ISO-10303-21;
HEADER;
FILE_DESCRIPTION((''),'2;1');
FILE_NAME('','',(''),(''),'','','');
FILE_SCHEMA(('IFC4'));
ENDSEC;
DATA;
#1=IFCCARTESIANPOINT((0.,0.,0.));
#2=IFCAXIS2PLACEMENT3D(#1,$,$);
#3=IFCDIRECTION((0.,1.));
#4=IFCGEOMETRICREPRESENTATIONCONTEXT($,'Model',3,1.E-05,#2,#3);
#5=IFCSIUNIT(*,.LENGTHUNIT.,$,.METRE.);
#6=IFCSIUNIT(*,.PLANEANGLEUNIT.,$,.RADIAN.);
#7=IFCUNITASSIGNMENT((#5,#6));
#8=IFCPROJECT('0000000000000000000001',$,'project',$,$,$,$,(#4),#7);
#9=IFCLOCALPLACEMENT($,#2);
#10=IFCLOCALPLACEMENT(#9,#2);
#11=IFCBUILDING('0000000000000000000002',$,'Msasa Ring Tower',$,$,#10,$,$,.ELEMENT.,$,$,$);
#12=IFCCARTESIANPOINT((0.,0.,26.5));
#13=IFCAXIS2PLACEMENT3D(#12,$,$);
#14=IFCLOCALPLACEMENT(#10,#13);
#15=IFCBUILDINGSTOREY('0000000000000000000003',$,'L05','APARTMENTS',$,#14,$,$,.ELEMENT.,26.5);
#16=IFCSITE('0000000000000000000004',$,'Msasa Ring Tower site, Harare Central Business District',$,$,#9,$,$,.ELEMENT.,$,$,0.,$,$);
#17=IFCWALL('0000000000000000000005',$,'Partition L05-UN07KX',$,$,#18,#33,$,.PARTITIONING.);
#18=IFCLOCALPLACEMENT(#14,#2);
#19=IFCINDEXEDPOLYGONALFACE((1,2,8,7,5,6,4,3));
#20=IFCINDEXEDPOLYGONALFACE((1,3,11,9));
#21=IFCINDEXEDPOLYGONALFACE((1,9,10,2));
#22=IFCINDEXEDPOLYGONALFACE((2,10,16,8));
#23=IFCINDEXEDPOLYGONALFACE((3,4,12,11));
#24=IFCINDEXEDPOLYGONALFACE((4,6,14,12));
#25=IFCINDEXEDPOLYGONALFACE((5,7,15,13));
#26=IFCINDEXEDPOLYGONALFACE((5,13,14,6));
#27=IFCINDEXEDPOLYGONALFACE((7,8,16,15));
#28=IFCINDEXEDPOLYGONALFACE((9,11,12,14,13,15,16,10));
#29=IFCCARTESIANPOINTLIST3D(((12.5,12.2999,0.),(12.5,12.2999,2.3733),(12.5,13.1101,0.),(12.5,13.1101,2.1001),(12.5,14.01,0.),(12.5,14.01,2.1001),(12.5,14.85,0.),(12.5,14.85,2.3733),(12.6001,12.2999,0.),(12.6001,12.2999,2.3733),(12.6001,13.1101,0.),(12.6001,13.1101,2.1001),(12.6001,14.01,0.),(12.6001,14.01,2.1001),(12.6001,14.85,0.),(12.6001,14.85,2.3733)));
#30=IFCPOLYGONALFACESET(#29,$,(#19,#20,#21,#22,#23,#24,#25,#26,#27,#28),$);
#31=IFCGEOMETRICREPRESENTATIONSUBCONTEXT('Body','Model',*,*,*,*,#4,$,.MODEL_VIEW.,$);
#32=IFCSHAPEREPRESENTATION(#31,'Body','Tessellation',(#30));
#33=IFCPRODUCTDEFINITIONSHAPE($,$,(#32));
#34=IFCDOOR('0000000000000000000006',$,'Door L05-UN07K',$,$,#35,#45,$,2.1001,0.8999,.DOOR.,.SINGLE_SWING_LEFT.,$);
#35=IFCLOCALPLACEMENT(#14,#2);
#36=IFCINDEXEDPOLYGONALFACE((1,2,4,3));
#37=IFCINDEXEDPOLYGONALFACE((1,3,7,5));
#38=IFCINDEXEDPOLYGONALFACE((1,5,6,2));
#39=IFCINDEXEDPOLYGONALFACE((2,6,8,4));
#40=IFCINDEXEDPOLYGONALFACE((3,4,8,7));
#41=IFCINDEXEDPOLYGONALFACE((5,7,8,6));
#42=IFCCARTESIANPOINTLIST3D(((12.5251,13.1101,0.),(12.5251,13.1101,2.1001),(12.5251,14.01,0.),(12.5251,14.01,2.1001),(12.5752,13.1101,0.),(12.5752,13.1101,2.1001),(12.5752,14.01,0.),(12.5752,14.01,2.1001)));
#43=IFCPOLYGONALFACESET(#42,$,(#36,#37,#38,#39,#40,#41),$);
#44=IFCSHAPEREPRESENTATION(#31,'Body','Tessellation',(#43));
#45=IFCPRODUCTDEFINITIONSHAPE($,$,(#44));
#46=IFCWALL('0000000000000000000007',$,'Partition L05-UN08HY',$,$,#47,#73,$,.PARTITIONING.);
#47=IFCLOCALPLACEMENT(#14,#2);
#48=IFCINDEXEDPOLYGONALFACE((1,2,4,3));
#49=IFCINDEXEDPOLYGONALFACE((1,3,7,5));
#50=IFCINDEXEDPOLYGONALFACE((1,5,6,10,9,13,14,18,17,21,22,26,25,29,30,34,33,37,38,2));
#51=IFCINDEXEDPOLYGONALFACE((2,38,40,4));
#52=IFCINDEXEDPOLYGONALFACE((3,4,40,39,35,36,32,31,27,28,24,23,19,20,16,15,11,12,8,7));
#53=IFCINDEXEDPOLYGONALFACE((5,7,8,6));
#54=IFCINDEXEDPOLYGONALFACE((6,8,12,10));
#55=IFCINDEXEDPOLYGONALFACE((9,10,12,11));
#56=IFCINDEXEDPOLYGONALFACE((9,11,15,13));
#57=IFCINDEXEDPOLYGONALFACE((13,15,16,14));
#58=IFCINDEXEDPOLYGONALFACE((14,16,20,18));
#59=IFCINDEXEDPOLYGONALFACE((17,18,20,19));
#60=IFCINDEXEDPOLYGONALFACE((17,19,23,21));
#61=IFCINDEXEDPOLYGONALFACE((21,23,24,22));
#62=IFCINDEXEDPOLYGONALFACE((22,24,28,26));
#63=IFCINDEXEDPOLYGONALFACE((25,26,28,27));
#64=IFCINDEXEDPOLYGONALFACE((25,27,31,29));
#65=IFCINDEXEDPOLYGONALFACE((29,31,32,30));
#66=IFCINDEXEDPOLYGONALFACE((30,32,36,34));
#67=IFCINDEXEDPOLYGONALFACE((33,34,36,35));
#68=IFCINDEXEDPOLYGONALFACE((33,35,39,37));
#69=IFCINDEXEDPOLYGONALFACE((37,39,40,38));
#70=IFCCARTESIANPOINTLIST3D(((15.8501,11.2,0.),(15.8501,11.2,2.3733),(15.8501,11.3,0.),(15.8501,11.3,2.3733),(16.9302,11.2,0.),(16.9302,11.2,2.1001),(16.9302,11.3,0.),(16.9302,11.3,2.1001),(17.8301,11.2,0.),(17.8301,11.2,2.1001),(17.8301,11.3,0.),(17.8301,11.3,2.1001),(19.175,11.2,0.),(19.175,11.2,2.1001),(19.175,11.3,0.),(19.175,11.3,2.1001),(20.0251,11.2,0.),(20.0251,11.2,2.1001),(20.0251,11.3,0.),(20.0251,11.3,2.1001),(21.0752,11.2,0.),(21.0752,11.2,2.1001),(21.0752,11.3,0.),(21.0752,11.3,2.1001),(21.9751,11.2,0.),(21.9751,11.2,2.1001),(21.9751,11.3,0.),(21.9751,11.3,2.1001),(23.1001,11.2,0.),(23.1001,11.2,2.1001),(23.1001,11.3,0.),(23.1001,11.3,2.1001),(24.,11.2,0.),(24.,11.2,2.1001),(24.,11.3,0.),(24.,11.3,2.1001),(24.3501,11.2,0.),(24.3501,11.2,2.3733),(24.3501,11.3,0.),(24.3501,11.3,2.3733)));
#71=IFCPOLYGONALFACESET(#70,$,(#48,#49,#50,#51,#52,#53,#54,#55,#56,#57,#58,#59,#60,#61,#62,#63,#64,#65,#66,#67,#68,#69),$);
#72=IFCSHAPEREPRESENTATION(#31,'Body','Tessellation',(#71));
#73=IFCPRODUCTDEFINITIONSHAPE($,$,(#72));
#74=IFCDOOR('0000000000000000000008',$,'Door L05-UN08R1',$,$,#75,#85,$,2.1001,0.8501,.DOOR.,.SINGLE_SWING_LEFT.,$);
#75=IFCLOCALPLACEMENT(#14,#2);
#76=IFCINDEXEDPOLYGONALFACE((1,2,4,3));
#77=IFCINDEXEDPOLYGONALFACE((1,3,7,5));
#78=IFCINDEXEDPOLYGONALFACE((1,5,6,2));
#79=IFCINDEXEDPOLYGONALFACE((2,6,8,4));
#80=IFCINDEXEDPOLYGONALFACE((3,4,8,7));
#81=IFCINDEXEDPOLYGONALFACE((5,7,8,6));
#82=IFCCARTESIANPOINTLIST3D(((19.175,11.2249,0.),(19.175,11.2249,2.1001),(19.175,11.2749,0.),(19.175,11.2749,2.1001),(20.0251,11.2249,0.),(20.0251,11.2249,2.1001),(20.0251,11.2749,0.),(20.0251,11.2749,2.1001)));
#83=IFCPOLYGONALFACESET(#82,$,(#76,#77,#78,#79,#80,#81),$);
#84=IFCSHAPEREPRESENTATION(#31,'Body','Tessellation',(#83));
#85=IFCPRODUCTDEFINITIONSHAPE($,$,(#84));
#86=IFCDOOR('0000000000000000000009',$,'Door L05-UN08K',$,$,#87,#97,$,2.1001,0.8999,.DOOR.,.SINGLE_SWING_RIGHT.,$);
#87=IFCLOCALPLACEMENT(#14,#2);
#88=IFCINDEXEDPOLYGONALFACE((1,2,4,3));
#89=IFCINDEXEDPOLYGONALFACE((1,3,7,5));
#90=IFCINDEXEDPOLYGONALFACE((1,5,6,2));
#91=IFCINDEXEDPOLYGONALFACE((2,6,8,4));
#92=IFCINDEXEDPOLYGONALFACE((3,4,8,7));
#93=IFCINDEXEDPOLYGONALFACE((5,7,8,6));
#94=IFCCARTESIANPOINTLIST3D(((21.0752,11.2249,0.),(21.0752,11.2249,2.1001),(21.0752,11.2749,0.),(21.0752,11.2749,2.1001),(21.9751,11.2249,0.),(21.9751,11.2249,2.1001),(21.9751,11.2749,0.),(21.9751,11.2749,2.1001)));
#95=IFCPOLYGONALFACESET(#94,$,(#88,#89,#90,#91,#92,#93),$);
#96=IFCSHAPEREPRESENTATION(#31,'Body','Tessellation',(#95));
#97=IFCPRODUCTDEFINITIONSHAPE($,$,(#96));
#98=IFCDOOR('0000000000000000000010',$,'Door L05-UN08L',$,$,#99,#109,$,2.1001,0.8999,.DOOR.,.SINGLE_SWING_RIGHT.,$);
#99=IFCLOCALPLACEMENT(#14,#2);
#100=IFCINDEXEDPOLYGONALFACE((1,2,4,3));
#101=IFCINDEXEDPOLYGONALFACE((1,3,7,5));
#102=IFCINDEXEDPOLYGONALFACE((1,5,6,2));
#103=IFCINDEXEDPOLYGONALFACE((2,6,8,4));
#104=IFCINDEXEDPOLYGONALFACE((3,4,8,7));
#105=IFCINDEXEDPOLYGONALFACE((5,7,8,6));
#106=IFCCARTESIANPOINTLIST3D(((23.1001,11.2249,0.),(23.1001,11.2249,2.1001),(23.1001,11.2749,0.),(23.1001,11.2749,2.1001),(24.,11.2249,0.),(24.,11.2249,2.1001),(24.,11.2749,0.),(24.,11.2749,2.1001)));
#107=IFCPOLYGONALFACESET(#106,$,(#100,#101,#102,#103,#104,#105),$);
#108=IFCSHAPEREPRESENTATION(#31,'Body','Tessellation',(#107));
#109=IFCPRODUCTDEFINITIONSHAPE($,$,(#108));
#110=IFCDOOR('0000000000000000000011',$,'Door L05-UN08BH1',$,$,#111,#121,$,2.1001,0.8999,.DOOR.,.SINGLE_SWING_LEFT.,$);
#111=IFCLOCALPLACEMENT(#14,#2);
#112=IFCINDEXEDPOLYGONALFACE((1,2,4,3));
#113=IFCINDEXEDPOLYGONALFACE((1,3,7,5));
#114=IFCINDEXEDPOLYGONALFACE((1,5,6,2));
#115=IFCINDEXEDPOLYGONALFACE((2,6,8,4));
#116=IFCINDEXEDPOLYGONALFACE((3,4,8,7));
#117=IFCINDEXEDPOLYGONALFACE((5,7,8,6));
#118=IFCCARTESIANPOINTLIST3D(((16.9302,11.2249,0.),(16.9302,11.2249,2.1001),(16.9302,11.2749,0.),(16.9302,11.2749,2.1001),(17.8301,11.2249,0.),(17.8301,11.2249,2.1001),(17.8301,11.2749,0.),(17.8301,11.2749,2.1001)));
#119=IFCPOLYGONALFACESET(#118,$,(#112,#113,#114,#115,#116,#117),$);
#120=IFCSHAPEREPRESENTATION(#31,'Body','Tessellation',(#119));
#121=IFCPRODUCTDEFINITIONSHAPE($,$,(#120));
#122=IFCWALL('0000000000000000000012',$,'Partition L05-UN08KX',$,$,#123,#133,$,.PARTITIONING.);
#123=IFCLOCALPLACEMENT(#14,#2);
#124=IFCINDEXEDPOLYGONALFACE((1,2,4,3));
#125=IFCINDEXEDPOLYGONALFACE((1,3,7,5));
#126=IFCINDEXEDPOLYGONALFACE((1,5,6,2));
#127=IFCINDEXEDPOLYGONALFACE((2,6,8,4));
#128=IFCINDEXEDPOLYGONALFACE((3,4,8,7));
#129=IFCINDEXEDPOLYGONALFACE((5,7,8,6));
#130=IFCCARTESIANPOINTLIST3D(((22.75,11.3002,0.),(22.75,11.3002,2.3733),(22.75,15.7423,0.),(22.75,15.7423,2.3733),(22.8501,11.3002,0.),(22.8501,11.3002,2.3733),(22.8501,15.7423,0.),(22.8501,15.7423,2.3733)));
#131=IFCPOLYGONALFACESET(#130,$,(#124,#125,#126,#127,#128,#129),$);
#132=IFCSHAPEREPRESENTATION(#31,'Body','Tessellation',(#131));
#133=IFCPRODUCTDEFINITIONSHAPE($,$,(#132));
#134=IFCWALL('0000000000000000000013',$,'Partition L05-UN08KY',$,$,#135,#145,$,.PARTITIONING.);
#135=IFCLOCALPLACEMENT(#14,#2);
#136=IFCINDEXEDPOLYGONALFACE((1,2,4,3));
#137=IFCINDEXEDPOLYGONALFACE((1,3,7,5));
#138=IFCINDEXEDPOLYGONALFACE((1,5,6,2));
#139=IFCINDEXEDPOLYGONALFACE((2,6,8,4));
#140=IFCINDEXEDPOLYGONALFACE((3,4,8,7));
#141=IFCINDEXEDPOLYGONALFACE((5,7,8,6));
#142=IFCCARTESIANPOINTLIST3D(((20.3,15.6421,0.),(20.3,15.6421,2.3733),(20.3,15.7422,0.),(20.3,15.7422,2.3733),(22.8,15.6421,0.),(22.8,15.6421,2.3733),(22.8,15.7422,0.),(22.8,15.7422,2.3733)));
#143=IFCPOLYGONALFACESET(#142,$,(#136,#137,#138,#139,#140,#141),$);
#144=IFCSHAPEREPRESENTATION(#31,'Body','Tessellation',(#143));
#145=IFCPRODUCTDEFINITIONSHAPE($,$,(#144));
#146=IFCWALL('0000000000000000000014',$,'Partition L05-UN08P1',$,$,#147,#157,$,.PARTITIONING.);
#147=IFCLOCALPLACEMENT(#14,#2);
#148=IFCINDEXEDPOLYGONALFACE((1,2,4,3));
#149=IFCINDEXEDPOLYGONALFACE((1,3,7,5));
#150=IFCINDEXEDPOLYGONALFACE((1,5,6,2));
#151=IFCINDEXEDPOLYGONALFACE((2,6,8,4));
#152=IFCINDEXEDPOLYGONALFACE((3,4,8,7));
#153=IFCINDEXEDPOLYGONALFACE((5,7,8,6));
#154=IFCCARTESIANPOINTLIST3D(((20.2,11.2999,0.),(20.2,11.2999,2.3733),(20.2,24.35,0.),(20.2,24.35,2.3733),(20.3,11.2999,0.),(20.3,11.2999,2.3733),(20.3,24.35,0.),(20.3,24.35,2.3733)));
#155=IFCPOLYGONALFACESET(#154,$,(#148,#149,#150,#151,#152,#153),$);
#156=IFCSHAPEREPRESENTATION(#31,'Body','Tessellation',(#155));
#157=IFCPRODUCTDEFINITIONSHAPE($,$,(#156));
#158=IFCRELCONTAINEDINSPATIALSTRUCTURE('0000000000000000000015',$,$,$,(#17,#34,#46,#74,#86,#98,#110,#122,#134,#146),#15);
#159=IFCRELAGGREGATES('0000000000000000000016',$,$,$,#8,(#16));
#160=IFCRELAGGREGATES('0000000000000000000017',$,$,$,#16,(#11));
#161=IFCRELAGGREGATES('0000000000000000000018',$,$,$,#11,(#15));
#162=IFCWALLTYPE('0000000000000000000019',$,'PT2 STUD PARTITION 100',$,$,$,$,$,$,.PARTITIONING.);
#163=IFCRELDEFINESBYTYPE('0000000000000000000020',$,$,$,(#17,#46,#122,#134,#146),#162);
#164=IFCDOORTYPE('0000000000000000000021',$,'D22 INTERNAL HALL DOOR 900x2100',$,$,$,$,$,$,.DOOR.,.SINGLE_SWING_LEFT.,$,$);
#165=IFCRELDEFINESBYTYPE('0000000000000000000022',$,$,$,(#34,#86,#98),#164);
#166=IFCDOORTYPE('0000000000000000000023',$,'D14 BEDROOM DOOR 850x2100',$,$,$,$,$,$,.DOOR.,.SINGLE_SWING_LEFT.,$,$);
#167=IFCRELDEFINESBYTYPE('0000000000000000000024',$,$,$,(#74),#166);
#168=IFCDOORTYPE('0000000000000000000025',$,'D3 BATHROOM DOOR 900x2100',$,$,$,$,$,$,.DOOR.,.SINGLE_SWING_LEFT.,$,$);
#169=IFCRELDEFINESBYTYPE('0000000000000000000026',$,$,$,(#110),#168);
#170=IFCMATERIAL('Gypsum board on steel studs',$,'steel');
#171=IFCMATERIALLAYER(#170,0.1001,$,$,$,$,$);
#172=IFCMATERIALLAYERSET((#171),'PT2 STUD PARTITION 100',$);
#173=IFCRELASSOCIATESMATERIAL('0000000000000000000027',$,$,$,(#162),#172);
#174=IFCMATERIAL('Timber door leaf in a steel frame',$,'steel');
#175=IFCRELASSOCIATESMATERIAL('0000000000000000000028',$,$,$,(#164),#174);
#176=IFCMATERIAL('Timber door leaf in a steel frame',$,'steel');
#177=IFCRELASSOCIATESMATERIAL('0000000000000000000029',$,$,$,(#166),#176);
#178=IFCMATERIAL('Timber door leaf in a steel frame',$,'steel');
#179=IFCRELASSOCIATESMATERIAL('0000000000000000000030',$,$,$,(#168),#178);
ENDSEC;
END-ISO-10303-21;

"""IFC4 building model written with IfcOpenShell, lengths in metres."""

from ifc_helpers import new_model, si_unit, direction, frame, frame_2d, origin, place, context, subcontext, project, spatial, rectangle, extrude, material, layer, layer_set, type_object, element, fill, save


model = new_model("IFC4")

# Units and contexts
model_context = context("Model", 3, precision=1e-05, world=origin(), true_north=direction((0.0, 1.0)))
body_context = subcontext(model_context, "Body", "Model", "MODEL_VIEW")
ifc_project = project(units=[si_unit("LENGTHUNIT", "METRE"), si_unit("PLANEANGLEUNIT", "RADIAN")], contexts=[model_context])

# Site, building, storey
site_placement = place(None, origin())
site = spatial("IfcSite", under=ifc_project, at=site_placement, Name="Msasa Ring Tower site, Harare Central Business District", CompositionType="ELEMENT", RefElevation=0.0)
building_placement = place(site_placement, origin())
building = spatial("IfcBuilding", under=site, at=building_placement, Name="Msasa Ring Tower", CompositionType="ELEMENT")
storey_placement = place(building_placement, frame((0.0, 0.0, 26.5)))
storey = spatial("IfcBuildingStorey", under=building, at=storey_placement, Name="L05", Description="APARTMENTS", CompositionType="ELEMENT", Elevation=26.5)

# Shared definitions
ifc_material_1 = material(Name="Gypsum board on steel studs", Category="steel")
ifc_layer_1 = layer(ifc_material_1, 0.1001)
ifc_layer_set_1 = layer_set([ifc_layer_1], Name="PT2 STUD PARTITION 100")
wall_type_1 = type_object("IfcWallType", Name="PT2 STUD PARTITION 100", PredefinedType="PARTITIONING", material=ifc_layer_set_1)

# Wall, opening, door
wall_1_placement = place(storey_placement, frame((12.55, 12.3, 0.0), z_axis=(0.0, 0.0, 1.0), x_axis=(0.0, 1.0, 0.0)))
wall_1 = element("IfcWall", 1, at=wall_1_placement, inside=storey, type_object=wall_type_1, Name="Partition L05-UN07KX", PredefinedType="PARTITIONING", context=body_context, shape_type="SweptSolid", body=[
    extrude(rectangle(XDim=2.55, YDim=0.1001, at=frame_2d((1.2749, 0.0))), origin(), (0.0, 0.0, 1.0), 2.3733),
])
opening_1_placement = place(wall_1_placement, frame((0.8101, 0.0, 0.0)))
opening_1 = element("IfcOpeningElement", 2, at=opening_1_placement, cuts=wall_1, PredefinedType="OPENING", context=body_context, shape_type="SweptSolid", body=[
    extrude(rectangle(XDim=0.8999, YDim=2.1001, at=frame_2d((0.45, 1.05))), frame((0.0, 0.0601, 0.0), z_axis=(0.0, -1.0, 0.0), x_axis=(1.0, 0.0, 0.0)), (0.0, 0.0, 1.0), 0.1201),
])
ifc_material_2 = material(Name="Timber door leaf in a steel frame", Category="steel")
door_type_1 = type_object("IfcDoorType", Name="D22 INTERNAL HALL DOOR 900x2100", OperationType="SINGLE_SWING_LEFT", PredefinedType="DOOR", material=ifc_material_2)
door_1_placement = place(opening_1_placement, origin())
door_1 = element("IfcDoor", 3, at=door_1_placement, inside=storey, type_object=door_type_1, Name="Door L05-UN07K", OperationType="SINGLE_SWING_LEFT", OverallHeight=2.1001, OverallWidth=0.8999, PredefinedType="DOOR", context=body_context, shape_type="SweptSolid", body=[
    extrude(rectangle(XDim=0.8999, YDim=2.1001, at=frame_2d((0.45, 1.05))), frame((0.0, 0.0249, 0.0), z_axis=(0.0, -1.0, 0.0), x_axis=(1.0, 0.0, 0.0)), (0.0, 0.0, 1.0), 0.05),
])
fill(opening_1, door_1)

# Wall, openings, doors
wall_2_placement = place(storey_placement, frame((15.8501, 11.25, 0.0), z_axis=(0.0, 0.0, 1.0), x_axis=(1.0, 0.0, 0.0)))
wall_2 = element("IfcWall", 4, at=wall_2_placement, inside=storey, type_object=wall_type_1, Name="Partition L05-UN08HY", PredefinedType="PARTITIONING", context=body_context, shape_type="SweptSolid", body=[
    extrude(rectangle(XDim=8.5, YDim=0.1001, at=frame_2d((4.25, 0.0))), origin(), (0.0, 0.0, 1.0), 2.3733),
])
opening_2_placement = place(wall_2_placement, frame((5.2251, 0.0, 0.0)))
opening_2 = element("IfcOpeningElement", 5, at=opening_2_placement, cuts=wall_2, PredefinedType="OPENING", context=body_context, shape_type="SweptSolid", body=[
    extrude(rectangle(XDim=0.8999, YDim=2.1001, at=frame_2d((0.45, 1.05))), frame((0.0, 0.0601, 0.0), z_axis=(0.0, -1.0, 0.0), x_axis=(1.0, 0.0, 0.0)), (0.0, 0.0, 1.0), 0.1201),
])
opening_3_placement = place(wall_2_placement, frame((7.25, 0.0, 0.0)))
opening_3 = element("IfcOpeningElement", 6, at=opening_3_placement, cuts=wall_2, PredefinedType="OPENING", context=body_context, shape_type="SweptSolid", body=[
    extrude(rectangle(XDim=0.8999, YDim=2.1001, at=frame_2d((0.45, 1.05))), frame((0.0, 0.0601, 0.0), z_axis=(0.0, -1.0, 0.0), x_axis=(1.0, 0.0, 0.0)), (0.0, 0.0, 1.0), 0.1201),
])
opening_4_placement = place(wall_2_placement, frame((3.325, 0.0, 0.0)))
opening_4 = element("IfcOpeningElement", 7, at=opening_4_placement, cuts=wall_2, PredefinedType="OPENING", context=body_context, shape_type="SweptSolid", body=[
    extrude(rectangle(XDim=0.8501, YDim=2.1001, at=frame_2d((0.425, 1.05))), frame((0.0, 0.0601, 0.0), z_axis=(0.0, -1.0, 0.0), x_axis=(1.0, 0.0, 0.0)), (0.0, 0.0, 1.0), 0.1201),
])
opening_5_placement = place(wall_2_placement, frame((1.0801, 0.0, 0.0)))
opening_5 = element("IfcOpeningElement", 8, at=opening_5_placement, cuts=wall_2, PredefinedType="OPENING", context=body_context, shape_type="SweptSolid", body=[
    extrude(rectangle(XDim=0.8999, YDim=2.1001, at=frame_2d((0.45, 1.05))), frame((0.0, 0.0601, 0.0), z_axis=(0.0, -1.0, 0.0), x_axis=(1.0, 0.0, 0.0)), (0.0, 0.0, 1.0), 0.1201),
])
ifc_material_3 = material(Name="Timber door leaf in a steel frame", Category="steel")
door_type_2 = type_object("IfcDoorType", Name="D14 BEDROOM DOOR 850x2100", OperationType="SINGLE_SWING_LEFT", PredefinedType="DOOR", material=ifc_material_3)
door_2_placement = place(opening_4_placement, origin())
door_2 = element("IfcDoor", 9, at=door_2_placement, inside=storey, type_object=door_type_2, Name="Door L05-UN08R1", OperationType="SINGLE_SWING_LEFT", OverallHeight=2.1001, OverallWidth=0.8501, PredefinedType="DOOR", context=body_context, shape_type="SweptSolid", body=[
    extrude(rectangle(XDim=0.8501, YDim=2.1001, at=frame_2d((0.425, 1.05))), frame((0.0, 0.0249, 0.0), z_axis=(0.0, -1.0, 0.0), x_axis=(1.0, 0.0, 0.0)), (0.0, 0.0, 1.0), 0.05),
])
fill(opening_4, door_2)
door_3_placement = place(opening_2_placement, origin())
door_3 = element("IfcDoor", 10, at=door_3_placement, inside=storey, type_object=door_type_1, Name="Door L05-UN08K", OperationType="SINGLE_SWING_RIGHT", OverallHeight=2.1001, OverallWidth=0.8999, PredefinedType="DOOR", context=body_context, shape_type="SweptSolid", body=[
    extrude(rectangle(XDim=0.8999, YDim=2.1001, at=frame_2d((0.45, 1.05))), frame((0.0, 0.0249, 0.0), z_axis=(0.0, -1.0, 0.0), x_axis=(1.0, 0.0, 0.0)), (0.0, 0.0, 1.0), 0.05),
])
fill(opening_2, door_3)
door_4_placement = place(opening_3_placement, origin())
door_4 = element("IfcDoor", 11, at=door_4_placement, inside=storey, type_object=door_type_1, Name="Door L05-UN08L", OperationType="SINGLE_SWING_RIGHT", OverallHeight=2.1001, OverallWidth=0.8999, PredefinedType="DOOR", context=body_context, shape_type="SweptSolid", body=[
    extrude(rectangle(XDim=0.8999, YDim=2.1001, at=frame_2d((0.45, 1.05))), frame((0.0, 0.0249, 0.0), z_axis=(0.0, -1.0, 0.0), x_axis=(1.0, 0.0, 0.0)), (0.0, 0.0, 1.0), 0.05),
])
fill(opening_3, door_4)
ifc_material_4 = material(Name="Timber door leaf in a steel frame", Category="steel")
door_type_3 = type_object("IfcDoorType", Name="D3 BATHROOM DOOR 900x2100", OperationType="SINGLE_SWING_LEFT", PredefinedType="DOOR", material=ifc_material_4)
door_5_placement = place(opening_5_placement, origin())
door_5 = element("IfcDoor", 12, at=door_5_placement, inside=storey, type_object=door_type_3, Name="Door L05-UN08BH1", OperationType="SINGLE_SWING_LEFT", OverallHeight=2.1001, OverallWidth=0.8999, PredefinedType="DOOR", context=body_context, shape_type="SweptSolid", body=[
    extrude(rectangle(XDim=0.8999, YDim=2.1001, at=frame_2d((0.45, 1.05))), frame((0.0, 0.0249, 0.0), z_axis=(0.0, -1.0, 0.0), x_axis=(1.0, 0.0, 0.0)), (0.0, 0.0, 1.0), 0.05),
])
fill(opening_5, door_5)

# Walls
wall_3_placement = place(storey_placement, frame((22.8, 11.3, 0.0), z_axis=(0.0, 0.0, 1.0), x_axis=(0.0, 1.0, 0.0)))
element("IfcWall", 13, at=wall_3_placement, inside=storey, type_object=wall_type_1, Name="Partition L05-UN08KX", PredefinedType="PARTITIONING", context=body_context, shape_type="SweptSolid", body=[
    extrude(rectangle(XDim=4.4421, YDim=0.1001, at=frame_2d((2.2212, 0.0))), origin(), (0.0, 0.0, 1.0), 2.3733),
])
wall_4_placement = place(storey_placement, frame((20.3, 15.6921, 0.0), z_axis=(0.0, 0.0, 1.0), x_axis=(1.0, 0.0, 0.0)))
element("IfcWall", 14, at=wall_4_placement, inside=storey, type_object=wall_type_1, Name="Partition L05-UN08KY", PredefinedType="PARTITIONING", context=body_context, shape_type="SweptSolid", body=[
    extrude(rectangle(XDim=2.5, YDim=0.1001, at=frame_2d((1.25, 0.0))), origin(), (0.0, 0.0, 1.0), 2.3733),
])
wall_5_placement = place(storey_placement, frame((20.25, 11.3, 0.0), z_axis=(0.0, 0.0, 1.0), x_axis=(0.0, 1.0, 0.0)))
element("IfcWall", 15, at=wall_5_placement, inside=storey, type_object=wall_type_1, Name="Partition L05-UN08P1", PredefinedType="PARTITIONING", context=body_context, shape_type="SweptSolid", body=[
    extrude(rectangle(XDim=13.05, YDim=0.1001, at=frame_2d((6.5249, 0.0))), origin(), (0.0, 0.0, 1.0), 2.3733),
])

save(model, "model.ifc")
